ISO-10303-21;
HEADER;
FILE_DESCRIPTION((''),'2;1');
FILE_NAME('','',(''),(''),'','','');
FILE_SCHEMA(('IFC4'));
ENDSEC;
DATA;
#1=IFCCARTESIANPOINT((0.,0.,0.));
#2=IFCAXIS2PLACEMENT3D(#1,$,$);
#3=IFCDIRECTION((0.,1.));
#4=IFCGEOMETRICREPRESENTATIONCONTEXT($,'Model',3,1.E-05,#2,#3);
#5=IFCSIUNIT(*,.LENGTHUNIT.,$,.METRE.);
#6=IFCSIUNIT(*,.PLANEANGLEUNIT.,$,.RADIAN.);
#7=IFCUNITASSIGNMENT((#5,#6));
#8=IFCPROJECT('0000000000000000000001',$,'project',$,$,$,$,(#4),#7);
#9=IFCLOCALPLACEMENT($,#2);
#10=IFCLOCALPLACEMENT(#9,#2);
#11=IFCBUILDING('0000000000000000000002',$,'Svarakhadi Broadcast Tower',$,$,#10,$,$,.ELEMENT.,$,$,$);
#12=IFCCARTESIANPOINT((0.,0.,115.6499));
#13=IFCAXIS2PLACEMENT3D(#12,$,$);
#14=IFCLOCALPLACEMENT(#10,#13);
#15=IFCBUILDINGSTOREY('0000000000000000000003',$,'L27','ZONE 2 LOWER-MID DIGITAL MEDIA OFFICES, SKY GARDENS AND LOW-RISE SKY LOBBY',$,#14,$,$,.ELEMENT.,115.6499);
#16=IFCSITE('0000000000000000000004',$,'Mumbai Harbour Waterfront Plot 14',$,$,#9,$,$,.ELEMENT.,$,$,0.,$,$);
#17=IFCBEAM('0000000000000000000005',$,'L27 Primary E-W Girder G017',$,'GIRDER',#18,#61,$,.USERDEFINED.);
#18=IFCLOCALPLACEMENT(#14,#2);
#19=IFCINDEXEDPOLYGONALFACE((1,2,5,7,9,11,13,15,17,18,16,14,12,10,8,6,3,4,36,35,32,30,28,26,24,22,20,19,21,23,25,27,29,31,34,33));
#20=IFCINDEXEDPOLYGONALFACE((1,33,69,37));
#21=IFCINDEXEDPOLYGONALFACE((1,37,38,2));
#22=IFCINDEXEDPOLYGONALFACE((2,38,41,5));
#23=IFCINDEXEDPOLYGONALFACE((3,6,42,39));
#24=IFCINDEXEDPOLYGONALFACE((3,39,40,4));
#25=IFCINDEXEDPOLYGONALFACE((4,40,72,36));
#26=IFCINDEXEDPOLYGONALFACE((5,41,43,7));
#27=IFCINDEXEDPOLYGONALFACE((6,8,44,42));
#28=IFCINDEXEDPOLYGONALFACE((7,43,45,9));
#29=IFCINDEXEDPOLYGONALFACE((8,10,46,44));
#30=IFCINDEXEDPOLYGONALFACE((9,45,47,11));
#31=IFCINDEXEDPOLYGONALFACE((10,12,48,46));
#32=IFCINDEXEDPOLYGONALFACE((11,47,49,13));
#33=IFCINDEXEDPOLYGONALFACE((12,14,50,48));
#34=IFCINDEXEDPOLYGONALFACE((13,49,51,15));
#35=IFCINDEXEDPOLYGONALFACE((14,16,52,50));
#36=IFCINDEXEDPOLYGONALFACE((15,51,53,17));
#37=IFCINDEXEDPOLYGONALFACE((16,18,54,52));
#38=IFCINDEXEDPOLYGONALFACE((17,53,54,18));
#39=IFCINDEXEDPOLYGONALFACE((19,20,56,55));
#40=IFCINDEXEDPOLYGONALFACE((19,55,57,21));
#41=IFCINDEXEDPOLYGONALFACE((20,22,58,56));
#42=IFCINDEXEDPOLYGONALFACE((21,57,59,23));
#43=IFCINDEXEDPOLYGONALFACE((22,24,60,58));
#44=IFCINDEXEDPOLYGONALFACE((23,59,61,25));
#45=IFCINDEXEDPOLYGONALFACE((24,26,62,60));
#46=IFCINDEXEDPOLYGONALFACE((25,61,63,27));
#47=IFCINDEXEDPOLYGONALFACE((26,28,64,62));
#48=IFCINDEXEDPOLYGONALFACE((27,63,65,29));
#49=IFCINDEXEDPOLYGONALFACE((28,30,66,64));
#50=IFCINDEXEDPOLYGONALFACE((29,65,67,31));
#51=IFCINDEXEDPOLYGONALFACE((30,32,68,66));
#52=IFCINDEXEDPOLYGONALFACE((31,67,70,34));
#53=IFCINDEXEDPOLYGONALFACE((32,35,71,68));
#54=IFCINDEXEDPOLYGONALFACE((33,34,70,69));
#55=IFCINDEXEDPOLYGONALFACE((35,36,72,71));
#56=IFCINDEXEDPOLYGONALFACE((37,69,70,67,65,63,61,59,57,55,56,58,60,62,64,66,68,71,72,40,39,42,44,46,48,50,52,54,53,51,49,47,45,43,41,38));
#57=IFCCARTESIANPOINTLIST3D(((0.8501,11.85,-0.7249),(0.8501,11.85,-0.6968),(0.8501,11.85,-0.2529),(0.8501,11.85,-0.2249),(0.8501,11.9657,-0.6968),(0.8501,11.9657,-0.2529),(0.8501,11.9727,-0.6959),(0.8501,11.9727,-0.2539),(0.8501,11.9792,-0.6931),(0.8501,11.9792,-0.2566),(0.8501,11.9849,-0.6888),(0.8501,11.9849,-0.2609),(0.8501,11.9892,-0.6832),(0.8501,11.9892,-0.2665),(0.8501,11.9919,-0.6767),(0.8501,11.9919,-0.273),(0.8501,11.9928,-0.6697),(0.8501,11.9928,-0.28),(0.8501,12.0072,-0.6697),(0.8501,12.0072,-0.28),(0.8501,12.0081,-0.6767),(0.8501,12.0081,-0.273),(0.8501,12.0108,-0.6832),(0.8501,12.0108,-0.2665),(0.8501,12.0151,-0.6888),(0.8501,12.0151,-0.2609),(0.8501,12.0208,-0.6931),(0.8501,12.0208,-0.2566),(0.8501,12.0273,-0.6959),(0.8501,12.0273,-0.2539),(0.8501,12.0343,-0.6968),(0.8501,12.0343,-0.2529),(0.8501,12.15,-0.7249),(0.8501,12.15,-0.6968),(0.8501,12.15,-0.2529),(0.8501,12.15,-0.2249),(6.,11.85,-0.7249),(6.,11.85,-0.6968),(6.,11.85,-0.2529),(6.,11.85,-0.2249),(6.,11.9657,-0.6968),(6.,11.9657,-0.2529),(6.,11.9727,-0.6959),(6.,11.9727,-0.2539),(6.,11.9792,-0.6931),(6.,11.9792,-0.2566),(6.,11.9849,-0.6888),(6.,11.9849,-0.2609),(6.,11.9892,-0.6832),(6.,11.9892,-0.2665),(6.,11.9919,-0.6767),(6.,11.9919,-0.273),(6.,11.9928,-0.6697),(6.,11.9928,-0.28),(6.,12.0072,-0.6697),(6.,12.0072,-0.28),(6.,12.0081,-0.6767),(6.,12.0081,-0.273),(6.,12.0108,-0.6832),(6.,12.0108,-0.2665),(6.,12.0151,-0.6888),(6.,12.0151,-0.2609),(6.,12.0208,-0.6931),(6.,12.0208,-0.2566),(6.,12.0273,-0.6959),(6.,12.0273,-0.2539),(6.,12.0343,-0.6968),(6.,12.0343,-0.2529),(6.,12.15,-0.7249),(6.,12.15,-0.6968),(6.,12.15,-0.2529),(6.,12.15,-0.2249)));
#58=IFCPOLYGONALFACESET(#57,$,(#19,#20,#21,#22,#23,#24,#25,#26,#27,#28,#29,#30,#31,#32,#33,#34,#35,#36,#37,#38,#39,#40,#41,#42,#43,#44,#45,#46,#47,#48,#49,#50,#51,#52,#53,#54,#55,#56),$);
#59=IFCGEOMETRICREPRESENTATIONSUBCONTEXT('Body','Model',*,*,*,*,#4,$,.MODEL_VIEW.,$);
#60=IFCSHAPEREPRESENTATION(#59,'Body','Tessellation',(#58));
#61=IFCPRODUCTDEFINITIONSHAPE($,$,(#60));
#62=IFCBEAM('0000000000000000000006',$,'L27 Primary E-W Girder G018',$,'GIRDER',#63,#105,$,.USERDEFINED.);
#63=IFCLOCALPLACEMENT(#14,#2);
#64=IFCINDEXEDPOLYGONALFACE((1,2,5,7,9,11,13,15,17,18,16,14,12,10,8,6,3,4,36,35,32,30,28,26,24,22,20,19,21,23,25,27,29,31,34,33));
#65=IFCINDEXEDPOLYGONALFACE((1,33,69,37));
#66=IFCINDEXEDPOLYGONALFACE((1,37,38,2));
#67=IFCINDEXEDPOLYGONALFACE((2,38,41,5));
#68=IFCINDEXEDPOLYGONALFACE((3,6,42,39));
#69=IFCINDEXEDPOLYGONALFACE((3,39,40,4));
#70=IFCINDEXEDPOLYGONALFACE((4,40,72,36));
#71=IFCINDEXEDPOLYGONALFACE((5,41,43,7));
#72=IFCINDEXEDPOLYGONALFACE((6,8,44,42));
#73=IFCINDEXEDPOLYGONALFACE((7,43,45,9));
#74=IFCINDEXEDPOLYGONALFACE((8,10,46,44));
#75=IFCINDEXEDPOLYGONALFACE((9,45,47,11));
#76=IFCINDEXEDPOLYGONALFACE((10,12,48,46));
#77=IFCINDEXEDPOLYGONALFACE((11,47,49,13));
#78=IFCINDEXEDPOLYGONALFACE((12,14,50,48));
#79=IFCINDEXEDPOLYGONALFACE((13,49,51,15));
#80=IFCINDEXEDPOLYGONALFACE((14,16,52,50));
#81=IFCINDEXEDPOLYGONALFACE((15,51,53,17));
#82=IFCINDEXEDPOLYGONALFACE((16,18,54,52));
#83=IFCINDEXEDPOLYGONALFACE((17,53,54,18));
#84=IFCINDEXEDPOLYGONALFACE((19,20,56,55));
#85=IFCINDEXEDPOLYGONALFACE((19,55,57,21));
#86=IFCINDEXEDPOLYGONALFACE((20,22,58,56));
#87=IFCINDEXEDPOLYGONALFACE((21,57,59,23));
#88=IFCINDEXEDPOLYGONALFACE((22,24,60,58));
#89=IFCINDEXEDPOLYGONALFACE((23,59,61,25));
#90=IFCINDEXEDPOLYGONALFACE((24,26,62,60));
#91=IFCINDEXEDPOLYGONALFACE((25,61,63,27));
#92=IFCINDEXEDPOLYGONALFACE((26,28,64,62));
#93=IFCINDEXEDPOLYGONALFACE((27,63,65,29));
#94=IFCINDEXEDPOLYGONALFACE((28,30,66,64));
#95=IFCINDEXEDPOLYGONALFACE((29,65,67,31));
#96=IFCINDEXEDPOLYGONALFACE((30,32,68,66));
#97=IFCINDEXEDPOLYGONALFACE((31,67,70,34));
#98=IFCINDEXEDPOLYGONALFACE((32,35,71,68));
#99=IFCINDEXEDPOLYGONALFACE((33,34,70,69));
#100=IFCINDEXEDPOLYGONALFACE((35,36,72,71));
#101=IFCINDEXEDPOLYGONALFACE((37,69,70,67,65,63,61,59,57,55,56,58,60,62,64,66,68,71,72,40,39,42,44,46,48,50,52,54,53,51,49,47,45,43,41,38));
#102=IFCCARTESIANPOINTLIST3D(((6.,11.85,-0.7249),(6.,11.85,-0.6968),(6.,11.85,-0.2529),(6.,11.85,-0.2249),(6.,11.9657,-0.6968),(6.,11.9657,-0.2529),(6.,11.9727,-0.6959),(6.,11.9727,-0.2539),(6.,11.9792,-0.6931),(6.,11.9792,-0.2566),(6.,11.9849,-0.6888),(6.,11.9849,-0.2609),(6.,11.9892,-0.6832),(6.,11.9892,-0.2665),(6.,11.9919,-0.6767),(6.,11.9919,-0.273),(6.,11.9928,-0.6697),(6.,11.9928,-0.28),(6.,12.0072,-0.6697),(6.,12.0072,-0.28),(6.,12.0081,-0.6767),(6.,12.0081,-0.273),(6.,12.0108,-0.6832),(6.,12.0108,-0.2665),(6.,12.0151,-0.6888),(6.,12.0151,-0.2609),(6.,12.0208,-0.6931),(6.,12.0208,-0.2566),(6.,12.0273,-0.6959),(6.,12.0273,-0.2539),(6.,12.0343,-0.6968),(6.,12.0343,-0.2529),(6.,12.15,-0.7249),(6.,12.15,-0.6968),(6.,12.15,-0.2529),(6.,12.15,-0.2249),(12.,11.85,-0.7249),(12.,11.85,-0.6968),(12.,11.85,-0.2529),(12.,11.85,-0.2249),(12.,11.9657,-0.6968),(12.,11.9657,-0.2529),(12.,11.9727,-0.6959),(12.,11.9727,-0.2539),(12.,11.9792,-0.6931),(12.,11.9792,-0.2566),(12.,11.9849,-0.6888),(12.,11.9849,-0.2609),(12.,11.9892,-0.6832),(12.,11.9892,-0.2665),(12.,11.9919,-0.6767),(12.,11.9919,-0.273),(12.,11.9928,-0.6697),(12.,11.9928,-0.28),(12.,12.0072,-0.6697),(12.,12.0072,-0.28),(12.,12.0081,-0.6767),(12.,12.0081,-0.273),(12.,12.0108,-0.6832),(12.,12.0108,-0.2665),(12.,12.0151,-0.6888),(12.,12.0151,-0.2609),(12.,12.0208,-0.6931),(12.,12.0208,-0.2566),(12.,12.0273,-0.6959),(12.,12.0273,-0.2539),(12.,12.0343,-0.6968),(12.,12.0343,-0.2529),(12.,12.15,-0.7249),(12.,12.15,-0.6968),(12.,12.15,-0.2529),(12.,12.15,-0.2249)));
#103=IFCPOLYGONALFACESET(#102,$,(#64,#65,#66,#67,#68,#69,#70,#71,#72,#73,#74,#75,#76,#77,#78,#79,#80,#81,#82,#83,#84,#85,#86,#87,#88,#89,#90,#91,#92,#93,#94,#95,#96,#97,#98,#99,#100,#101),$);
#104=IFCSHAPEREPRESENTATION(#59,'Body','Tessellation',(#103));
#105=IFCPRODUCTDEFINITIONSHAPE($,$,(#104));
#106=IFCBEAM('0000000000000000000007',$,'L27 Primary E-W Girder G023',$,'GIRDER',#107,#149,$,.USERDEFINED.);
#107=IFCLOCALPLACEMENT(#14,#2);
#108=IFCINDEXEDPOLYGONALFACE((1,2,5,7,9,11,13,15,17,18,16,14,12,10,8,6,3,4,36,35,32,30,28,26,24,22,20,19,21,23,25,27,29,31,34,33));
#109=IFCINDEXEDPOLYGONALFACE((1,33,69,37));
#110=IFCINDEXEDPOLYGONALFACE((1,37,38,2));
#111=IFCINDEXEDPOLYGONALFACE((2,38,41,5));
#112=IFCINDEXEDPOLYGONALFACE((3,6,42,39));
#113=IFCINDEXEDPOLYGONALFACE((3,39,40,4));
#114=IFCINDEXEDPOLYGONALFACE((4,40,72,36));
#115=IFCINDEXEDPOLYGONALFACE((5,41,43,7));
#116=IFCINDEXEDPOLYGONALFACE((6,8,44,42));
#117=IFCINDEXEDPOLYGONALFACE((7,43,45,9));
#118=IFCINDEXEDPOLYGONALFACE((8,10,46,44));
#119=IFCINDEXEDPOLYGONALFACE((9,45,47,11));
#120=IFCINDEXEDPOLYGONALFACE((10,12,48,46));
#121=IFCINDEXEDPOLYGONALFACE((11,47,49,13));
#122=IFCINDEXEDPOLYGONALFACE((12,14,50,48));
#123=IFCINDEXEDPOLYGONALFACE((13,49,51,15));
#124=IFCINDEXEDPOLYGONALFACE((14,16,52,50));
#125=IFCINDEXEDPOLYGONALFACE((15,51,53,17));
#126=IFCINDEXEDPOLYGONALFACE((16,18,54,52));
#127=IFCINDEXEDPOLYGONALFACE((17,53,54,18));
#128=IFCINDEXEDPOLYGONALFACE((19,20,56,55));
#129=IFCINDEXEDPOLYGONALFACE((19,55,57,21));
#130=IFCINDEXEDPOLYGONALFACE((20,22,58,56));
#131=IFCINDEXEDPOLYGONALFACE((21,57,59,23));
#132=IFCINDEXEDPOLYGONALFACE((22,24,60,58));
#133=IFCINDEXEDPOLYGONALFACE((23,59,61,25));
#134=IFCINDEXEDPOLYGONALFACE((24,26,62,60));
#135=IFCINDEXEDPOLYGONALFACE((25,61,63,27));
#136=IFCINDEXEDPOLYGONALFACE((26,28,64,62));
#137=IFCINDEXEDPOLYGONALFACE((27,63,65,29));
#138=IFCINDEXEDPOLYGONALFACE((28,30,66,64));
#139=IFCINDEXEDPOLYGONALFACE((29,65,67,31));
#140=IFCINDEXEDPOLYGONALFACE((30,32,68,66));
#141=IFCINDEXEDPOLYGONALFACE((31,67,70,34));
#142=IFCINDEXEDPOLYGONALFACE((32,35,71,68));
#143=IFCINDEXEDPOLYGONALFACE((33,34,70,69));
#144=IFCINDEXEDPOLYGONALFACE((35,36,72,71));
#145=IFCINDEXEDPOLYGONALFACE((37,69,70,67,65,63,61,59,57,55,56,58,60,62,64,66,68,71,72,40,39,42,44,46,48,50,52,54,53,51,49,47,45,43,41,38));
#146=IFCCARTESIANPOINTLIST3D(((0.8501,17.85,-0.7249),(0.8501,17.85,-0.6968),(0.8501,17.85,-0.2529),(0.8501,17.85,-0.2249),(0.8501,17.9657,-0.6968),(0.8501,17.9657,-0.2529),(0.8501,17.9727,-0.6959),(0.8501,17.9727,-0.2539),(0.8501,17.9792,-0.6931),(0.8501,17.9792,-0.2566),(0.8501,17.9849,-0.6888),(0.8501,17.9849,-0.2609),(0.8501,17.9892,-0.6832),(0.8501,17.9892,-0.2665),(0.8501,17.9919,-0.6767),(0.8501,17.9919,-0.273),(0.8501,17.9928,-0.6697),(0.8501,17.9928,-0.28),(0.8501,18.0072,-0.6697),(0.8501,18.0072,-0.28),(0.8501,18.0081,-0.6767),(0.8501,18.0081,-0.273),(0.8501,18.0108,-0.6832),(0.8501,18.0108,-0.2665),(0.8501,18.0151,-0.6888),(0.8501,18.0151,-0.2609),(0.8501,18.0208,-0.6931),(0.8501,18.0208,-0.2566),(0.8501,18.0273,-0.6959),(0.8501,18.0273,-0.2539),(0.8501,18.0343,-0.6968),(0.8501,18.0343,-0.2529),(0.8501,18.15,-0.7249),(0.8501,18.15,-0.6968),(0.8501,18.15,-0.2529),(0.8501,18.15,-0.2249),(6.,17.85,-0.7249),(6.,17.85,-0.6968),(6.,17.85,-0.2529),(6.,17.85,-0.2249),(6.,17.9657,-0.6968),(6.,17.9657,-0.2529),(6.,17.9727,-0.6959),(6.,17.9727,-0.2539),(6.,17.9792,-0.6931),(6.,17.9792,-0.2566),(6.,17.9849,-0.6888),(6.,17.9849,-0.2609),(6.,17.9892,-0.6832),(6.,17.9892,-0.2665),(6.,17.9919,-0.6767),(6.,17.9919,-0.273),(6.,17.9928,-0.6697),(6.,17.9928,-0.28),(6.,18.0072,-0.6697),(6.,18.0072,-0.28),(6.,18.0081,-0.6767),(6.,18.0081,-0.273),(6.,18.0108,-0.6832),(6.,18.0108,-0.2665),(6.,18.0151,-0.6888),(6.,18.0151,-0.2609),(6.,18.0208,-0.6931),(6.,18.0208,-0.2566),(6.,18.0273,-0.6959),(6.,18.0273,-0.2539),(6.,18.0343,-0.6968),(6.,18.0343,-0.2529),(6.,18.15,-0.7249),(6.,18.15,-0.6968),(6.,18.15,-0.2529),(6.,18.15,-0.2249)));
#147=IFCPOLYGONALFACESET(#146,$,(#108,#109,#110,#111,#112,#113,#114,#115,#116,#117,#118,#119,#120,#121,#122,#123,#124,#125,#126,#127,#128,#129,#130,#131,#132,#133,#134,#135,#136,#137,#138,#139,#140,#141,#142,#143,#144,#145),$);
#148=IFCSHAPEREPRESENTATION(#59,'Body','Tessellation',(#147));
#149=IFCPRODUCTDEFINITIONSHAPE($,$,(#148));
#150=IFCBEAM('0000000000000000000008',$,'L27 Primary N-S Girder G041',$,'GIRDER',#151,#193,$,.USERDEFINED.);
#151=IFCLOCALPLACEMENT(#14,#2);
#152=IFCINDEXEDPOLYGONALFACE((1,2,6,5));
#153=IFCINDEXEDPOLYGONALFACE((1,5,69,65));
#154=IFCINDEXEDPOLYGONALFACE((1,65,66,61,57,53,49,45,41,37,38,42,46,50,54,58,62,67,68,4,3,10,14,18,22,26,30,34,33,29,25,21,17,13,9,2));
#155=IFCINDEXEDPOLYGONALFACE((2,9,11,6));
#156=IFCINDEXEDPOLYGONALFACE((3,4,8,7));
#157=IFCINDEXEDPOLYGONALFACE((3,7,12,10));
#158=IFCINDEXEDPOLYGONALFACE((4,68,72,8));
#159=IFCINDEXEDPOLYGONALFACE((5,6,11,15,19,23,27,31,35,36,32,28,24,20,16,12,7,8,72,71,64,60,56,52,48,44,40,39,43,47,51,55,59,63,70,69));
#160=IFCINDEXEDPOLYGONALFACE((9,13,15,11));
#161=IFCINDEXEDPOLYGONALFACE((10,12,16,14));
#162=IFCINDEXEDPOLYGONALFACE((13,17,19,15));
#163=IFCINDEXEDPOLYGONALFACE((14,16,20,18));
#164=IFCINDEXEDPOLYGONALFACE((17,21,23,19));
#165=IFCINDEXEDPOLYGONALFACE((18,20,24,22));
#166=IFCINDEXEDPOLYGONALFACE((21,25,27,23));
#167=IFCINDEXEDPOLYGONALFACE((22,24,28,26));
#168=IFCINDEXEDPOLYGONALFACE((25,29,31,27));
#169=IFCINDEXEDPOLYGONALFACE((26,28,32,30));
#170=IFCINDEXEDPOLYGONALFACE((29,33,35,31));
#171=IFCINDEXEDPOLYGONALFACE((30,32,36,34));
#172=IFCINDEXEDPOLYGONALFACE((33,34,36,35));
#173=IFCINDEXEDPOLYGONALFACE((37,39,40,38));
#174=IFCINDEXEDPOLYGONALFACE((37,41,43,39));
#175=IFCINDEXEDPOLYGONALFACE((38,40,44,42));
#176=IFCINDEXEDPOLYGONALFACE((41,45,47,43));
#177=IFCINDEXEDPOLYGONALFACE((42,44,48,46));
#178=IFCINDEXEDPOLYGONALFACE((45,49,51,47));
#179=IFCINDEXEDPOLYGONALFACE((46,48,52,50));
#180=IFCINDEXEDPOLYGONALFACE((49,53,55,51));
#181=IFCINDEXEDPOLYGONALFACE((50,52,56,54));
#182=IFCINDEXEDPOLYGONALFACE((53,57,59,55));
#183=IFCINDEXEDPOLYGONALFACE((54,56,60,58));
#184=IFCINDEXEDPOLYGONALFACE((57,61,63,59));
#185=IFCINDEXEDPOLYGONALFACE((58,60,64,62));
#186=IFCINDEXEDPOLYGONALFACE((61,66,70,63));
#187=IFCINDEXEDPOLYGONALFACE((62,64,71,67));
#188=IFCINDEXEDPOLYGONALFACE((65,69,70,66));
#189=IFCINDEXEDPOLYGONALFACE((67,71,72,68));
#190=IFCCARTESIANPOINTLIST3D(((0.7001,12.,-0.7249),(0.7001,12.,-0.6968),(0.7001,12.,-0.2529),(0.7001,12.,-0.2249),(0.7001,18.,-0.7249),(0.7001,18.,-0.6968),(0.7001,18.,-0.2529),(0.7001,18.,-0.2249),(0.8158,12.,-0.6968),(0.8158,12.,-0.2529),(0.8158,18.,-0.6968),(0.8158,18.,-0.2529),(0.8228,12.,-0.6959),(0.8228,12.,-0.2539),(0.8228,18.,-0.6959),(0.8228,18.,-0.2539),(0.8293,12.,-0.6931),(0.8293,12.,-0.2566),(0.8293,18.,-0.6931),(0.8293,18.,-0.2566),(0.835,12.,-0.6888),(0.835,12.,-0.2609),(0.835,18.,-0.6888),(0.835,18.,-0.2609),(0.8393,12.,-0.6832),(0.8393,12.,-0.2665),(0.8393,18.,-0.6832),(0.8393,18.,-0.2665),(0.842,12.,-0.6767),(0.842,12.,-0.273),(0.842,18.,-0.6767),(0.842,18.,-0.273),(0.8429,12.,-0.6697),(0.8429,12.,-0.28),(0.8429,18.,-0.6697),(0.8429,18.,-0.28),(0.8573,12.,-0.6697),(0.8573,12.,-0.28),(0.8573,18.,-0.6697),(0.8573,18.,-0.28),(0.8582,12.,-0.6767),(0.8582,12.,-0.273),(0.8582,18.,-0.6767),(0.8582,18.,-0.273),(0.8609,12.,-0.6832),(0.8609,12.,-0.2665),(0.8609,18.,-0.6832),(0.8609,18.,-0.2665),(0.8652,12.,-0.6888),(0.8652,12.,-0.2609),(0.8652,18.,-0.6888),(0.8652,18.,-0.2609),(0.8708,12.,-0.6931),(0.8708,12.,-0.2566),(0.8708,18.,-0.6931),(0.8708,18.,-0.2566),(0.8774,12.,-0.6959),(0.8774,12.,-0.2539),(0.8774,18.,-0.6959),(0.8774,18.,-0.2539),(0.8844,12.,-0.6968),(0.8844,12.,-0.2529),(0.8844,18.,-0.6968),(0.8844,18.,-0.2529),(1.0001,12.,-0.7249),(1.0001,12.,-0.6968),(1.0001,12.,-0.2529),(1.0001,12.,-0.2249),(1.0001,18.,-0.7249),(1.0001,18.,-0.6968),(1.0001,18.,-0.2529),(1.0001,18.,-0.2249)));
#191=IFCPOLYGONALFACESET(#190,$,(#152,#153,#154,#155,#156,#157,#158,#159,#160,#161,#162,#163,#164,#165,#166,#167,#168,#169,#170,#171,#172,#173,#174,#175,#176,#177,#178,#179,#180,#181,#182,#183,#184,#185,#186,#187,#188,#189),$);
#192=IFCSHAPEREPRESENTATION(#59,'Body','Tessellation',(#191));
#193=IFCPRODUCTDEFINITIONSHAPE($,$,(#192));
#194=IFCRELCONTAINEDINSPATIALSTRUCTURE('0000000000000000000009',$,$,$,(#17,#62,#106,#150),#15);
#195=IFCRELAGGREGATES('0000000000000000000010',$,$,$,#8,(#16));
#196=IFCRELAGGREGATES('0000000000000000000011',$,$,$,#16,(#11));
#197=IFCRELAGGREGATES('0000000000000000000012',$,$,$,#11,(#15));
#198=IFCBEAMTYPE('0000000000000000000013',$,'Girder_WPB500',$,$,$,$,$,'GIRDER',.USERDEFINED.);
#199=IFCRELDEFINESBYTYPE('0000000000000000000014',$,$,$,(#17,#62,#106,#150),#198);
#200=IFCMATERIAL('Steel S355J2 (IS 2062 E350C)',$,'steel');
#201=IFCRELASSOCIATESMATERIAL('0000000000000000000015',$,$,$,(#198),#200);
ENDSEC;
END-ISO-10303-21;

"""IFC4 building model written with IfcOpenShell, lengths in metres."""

from ifc_helpers import new_model, si_unit, direction, frame, origin, origin_2d, place, context, subcontext, project, spatial, i_section, extrude, material, material_profile, profile_set, type_object, element, save


model = new_model("IFC4")

# Units and contexts
model_context = context("Model", 3, precision=1e-05, world=origin(), true_north=direction((0.0, 1.0)))
body_context = subcontext(model_context, "Body", "Model", "MODEL_VIEW")
ifc_project = project(units=[si_unit("LENGTHUNIT", "METRE"), si_unit("PLANEANGLEUNIT", "RADIAN")], contexts=[model_context])

# Site, building, storey
site_placement = place(None, origin())
site = spatial("IfcSite", under=ifc_project, at=site_placement, Name="Mumbai Harbour Waterfront Plot 14", CompositionType="ELEMENT", RefElevation=0.0)
building_placement = place(site_placement, origin())
building = spatial("IfcBuilding", under=site, at=building_placement, Name="Svarakhadi Broadcast Tower", CompositionType="ELEMENT")
storey_placement = place(building_placement, frame((0.0, 0.0, 115.6499)))
storey = spatial("IfcBuildingStorey", under=building, at=storey_placement, Name="L27", Description="ZONE 2 LOWER-MID DIGITAL MEDIA OFFICES, SKY GARDENS AND LOW-RISE SKY LOBBY", CompositionType="ELEMENT", Elevation=115.6499)

# Shared definitions
ifc_material_1 = material(Name="Steel S355J2 (IS 2062 E350C)", Category="steel")

# Beams
ifc_material_profile_1 = material_profile(ifc_material_1, i_section(OverallWidth=0.3, OverallDepth=0.5, WebThickness=0.0144, FlangeThickness=0.0281, FilletRadius=0.0271, at=origin_2d()), Name="WPB 500x300x187")
ifc_profile_set_1 = profile_set([ifc_material_profile_1], Name="Steel S355J2 (IS 2062 E350C)")
beam_type_1 = type_object("IfcBeamType", Name="Girder_WPB500", ElementType="GIRDER", PredefinedType="USERDEFINED", material=ifc_profile_set_1)
beam_1_placement = place(storey_placement, frame((0.8501, 12.0, -0.4749), z_axis=(1.0, 0.0, 0.0), x_axis=(0.0, 1.0, 0.0)))
element("IfcBeam", 1, at=beam_1_placement, inside=storey, type_object=beam_type_1, Name="L27 Primary E-W Girder G017", ObjectType="GIRDER", PredefinedType="USERDEFINED", context=body_context, shape_type="SweptSolid", body=[
    extrude(i_section(OverallWidth=0.3, OverallDepth=0.5, WebThickness=0.0144, FlangeThickness=0.0281, FilletRadius=0.0271, at=origin_2d()), origin(), (0.0, 0.0, 1.0), 5.1499),
])
beam_2_placement = place(storey_placement, frame((6.0, 12.0, -0.4749), z_axis=(1.0, 0.0, 0.0), x_axis=(0.0, 1.0, 0.0)))
element("IfcBeam", 2, at=beam_2_placement, inside=storey, type_object=beam_type_1, Name="L27 Primary E-W Girder G018", ObjectType="GIRDER", PredefinedType="USERDEFINED", context=body_context, shape_type="SweptSolid", body=[
    extrude(i_section(OverallWidth=0.3, OverallDepth=0.5, WebThickness=0.0144, FlangeThickness=0.0281, FilletRadius=0.0271, at=origin_2d()), origin(), (0.0, 0.0, 1.0), 6.0),
])
beam_3_placement = place(storey_placement, frame((0.8501, 18.0, -0.4749), z_axis=(1.0, 0.0, 0.0), x_axis=(0.0, 1.0, 0.0)))
element("IfcBeam", 3, at=beam_3_placement, inside=storey, type_object=beam_type_1, Name="L27 Primary E-W Girder G023", ObjectType="GIRDER", PredefinedType="USERDEFINED", context=body_context, shape_type="SweptSolid", body=[
    extrude(i_section(OverallWidth=0.3, OverallDepth=0.5, WebThickness=0.0144, FlangeThickness=0.0281, FilletRadius=0.0271, at=origin_2d()), origin(), (0.0, 0.0, 1.0), 5.1499),
])
for number, where, z_axis, x_axis, name in (
    (4, (0.8501, 12.0, -0.4749), (0.0, 1.0, 0.0), (-1.0, 0.0, 0.0), "L27 Primary N-S Girder G041"),
):
    element("IfcBeam", number, at=place(storey_placement, frame(where, z_axis=z_axis, x_axis=x_axis)), inside=storey, type_object=beam_type_1, Name=name, ObjectType="GIRDER", PredefinedType="USERDEFINED", context=body_context, shape_type="SweptSolid", body=[
        extrude(i_section(OverallWidth=0.3, OverallDepth=0.5, WebThickness=0.0144, FlangeThickness=0.0281, FilletRadius=0.0271, at=origin_2d()), origin(), (0.0, 0.0, 1.0), 6.0),
    ])

save(model, "model.ifc")
